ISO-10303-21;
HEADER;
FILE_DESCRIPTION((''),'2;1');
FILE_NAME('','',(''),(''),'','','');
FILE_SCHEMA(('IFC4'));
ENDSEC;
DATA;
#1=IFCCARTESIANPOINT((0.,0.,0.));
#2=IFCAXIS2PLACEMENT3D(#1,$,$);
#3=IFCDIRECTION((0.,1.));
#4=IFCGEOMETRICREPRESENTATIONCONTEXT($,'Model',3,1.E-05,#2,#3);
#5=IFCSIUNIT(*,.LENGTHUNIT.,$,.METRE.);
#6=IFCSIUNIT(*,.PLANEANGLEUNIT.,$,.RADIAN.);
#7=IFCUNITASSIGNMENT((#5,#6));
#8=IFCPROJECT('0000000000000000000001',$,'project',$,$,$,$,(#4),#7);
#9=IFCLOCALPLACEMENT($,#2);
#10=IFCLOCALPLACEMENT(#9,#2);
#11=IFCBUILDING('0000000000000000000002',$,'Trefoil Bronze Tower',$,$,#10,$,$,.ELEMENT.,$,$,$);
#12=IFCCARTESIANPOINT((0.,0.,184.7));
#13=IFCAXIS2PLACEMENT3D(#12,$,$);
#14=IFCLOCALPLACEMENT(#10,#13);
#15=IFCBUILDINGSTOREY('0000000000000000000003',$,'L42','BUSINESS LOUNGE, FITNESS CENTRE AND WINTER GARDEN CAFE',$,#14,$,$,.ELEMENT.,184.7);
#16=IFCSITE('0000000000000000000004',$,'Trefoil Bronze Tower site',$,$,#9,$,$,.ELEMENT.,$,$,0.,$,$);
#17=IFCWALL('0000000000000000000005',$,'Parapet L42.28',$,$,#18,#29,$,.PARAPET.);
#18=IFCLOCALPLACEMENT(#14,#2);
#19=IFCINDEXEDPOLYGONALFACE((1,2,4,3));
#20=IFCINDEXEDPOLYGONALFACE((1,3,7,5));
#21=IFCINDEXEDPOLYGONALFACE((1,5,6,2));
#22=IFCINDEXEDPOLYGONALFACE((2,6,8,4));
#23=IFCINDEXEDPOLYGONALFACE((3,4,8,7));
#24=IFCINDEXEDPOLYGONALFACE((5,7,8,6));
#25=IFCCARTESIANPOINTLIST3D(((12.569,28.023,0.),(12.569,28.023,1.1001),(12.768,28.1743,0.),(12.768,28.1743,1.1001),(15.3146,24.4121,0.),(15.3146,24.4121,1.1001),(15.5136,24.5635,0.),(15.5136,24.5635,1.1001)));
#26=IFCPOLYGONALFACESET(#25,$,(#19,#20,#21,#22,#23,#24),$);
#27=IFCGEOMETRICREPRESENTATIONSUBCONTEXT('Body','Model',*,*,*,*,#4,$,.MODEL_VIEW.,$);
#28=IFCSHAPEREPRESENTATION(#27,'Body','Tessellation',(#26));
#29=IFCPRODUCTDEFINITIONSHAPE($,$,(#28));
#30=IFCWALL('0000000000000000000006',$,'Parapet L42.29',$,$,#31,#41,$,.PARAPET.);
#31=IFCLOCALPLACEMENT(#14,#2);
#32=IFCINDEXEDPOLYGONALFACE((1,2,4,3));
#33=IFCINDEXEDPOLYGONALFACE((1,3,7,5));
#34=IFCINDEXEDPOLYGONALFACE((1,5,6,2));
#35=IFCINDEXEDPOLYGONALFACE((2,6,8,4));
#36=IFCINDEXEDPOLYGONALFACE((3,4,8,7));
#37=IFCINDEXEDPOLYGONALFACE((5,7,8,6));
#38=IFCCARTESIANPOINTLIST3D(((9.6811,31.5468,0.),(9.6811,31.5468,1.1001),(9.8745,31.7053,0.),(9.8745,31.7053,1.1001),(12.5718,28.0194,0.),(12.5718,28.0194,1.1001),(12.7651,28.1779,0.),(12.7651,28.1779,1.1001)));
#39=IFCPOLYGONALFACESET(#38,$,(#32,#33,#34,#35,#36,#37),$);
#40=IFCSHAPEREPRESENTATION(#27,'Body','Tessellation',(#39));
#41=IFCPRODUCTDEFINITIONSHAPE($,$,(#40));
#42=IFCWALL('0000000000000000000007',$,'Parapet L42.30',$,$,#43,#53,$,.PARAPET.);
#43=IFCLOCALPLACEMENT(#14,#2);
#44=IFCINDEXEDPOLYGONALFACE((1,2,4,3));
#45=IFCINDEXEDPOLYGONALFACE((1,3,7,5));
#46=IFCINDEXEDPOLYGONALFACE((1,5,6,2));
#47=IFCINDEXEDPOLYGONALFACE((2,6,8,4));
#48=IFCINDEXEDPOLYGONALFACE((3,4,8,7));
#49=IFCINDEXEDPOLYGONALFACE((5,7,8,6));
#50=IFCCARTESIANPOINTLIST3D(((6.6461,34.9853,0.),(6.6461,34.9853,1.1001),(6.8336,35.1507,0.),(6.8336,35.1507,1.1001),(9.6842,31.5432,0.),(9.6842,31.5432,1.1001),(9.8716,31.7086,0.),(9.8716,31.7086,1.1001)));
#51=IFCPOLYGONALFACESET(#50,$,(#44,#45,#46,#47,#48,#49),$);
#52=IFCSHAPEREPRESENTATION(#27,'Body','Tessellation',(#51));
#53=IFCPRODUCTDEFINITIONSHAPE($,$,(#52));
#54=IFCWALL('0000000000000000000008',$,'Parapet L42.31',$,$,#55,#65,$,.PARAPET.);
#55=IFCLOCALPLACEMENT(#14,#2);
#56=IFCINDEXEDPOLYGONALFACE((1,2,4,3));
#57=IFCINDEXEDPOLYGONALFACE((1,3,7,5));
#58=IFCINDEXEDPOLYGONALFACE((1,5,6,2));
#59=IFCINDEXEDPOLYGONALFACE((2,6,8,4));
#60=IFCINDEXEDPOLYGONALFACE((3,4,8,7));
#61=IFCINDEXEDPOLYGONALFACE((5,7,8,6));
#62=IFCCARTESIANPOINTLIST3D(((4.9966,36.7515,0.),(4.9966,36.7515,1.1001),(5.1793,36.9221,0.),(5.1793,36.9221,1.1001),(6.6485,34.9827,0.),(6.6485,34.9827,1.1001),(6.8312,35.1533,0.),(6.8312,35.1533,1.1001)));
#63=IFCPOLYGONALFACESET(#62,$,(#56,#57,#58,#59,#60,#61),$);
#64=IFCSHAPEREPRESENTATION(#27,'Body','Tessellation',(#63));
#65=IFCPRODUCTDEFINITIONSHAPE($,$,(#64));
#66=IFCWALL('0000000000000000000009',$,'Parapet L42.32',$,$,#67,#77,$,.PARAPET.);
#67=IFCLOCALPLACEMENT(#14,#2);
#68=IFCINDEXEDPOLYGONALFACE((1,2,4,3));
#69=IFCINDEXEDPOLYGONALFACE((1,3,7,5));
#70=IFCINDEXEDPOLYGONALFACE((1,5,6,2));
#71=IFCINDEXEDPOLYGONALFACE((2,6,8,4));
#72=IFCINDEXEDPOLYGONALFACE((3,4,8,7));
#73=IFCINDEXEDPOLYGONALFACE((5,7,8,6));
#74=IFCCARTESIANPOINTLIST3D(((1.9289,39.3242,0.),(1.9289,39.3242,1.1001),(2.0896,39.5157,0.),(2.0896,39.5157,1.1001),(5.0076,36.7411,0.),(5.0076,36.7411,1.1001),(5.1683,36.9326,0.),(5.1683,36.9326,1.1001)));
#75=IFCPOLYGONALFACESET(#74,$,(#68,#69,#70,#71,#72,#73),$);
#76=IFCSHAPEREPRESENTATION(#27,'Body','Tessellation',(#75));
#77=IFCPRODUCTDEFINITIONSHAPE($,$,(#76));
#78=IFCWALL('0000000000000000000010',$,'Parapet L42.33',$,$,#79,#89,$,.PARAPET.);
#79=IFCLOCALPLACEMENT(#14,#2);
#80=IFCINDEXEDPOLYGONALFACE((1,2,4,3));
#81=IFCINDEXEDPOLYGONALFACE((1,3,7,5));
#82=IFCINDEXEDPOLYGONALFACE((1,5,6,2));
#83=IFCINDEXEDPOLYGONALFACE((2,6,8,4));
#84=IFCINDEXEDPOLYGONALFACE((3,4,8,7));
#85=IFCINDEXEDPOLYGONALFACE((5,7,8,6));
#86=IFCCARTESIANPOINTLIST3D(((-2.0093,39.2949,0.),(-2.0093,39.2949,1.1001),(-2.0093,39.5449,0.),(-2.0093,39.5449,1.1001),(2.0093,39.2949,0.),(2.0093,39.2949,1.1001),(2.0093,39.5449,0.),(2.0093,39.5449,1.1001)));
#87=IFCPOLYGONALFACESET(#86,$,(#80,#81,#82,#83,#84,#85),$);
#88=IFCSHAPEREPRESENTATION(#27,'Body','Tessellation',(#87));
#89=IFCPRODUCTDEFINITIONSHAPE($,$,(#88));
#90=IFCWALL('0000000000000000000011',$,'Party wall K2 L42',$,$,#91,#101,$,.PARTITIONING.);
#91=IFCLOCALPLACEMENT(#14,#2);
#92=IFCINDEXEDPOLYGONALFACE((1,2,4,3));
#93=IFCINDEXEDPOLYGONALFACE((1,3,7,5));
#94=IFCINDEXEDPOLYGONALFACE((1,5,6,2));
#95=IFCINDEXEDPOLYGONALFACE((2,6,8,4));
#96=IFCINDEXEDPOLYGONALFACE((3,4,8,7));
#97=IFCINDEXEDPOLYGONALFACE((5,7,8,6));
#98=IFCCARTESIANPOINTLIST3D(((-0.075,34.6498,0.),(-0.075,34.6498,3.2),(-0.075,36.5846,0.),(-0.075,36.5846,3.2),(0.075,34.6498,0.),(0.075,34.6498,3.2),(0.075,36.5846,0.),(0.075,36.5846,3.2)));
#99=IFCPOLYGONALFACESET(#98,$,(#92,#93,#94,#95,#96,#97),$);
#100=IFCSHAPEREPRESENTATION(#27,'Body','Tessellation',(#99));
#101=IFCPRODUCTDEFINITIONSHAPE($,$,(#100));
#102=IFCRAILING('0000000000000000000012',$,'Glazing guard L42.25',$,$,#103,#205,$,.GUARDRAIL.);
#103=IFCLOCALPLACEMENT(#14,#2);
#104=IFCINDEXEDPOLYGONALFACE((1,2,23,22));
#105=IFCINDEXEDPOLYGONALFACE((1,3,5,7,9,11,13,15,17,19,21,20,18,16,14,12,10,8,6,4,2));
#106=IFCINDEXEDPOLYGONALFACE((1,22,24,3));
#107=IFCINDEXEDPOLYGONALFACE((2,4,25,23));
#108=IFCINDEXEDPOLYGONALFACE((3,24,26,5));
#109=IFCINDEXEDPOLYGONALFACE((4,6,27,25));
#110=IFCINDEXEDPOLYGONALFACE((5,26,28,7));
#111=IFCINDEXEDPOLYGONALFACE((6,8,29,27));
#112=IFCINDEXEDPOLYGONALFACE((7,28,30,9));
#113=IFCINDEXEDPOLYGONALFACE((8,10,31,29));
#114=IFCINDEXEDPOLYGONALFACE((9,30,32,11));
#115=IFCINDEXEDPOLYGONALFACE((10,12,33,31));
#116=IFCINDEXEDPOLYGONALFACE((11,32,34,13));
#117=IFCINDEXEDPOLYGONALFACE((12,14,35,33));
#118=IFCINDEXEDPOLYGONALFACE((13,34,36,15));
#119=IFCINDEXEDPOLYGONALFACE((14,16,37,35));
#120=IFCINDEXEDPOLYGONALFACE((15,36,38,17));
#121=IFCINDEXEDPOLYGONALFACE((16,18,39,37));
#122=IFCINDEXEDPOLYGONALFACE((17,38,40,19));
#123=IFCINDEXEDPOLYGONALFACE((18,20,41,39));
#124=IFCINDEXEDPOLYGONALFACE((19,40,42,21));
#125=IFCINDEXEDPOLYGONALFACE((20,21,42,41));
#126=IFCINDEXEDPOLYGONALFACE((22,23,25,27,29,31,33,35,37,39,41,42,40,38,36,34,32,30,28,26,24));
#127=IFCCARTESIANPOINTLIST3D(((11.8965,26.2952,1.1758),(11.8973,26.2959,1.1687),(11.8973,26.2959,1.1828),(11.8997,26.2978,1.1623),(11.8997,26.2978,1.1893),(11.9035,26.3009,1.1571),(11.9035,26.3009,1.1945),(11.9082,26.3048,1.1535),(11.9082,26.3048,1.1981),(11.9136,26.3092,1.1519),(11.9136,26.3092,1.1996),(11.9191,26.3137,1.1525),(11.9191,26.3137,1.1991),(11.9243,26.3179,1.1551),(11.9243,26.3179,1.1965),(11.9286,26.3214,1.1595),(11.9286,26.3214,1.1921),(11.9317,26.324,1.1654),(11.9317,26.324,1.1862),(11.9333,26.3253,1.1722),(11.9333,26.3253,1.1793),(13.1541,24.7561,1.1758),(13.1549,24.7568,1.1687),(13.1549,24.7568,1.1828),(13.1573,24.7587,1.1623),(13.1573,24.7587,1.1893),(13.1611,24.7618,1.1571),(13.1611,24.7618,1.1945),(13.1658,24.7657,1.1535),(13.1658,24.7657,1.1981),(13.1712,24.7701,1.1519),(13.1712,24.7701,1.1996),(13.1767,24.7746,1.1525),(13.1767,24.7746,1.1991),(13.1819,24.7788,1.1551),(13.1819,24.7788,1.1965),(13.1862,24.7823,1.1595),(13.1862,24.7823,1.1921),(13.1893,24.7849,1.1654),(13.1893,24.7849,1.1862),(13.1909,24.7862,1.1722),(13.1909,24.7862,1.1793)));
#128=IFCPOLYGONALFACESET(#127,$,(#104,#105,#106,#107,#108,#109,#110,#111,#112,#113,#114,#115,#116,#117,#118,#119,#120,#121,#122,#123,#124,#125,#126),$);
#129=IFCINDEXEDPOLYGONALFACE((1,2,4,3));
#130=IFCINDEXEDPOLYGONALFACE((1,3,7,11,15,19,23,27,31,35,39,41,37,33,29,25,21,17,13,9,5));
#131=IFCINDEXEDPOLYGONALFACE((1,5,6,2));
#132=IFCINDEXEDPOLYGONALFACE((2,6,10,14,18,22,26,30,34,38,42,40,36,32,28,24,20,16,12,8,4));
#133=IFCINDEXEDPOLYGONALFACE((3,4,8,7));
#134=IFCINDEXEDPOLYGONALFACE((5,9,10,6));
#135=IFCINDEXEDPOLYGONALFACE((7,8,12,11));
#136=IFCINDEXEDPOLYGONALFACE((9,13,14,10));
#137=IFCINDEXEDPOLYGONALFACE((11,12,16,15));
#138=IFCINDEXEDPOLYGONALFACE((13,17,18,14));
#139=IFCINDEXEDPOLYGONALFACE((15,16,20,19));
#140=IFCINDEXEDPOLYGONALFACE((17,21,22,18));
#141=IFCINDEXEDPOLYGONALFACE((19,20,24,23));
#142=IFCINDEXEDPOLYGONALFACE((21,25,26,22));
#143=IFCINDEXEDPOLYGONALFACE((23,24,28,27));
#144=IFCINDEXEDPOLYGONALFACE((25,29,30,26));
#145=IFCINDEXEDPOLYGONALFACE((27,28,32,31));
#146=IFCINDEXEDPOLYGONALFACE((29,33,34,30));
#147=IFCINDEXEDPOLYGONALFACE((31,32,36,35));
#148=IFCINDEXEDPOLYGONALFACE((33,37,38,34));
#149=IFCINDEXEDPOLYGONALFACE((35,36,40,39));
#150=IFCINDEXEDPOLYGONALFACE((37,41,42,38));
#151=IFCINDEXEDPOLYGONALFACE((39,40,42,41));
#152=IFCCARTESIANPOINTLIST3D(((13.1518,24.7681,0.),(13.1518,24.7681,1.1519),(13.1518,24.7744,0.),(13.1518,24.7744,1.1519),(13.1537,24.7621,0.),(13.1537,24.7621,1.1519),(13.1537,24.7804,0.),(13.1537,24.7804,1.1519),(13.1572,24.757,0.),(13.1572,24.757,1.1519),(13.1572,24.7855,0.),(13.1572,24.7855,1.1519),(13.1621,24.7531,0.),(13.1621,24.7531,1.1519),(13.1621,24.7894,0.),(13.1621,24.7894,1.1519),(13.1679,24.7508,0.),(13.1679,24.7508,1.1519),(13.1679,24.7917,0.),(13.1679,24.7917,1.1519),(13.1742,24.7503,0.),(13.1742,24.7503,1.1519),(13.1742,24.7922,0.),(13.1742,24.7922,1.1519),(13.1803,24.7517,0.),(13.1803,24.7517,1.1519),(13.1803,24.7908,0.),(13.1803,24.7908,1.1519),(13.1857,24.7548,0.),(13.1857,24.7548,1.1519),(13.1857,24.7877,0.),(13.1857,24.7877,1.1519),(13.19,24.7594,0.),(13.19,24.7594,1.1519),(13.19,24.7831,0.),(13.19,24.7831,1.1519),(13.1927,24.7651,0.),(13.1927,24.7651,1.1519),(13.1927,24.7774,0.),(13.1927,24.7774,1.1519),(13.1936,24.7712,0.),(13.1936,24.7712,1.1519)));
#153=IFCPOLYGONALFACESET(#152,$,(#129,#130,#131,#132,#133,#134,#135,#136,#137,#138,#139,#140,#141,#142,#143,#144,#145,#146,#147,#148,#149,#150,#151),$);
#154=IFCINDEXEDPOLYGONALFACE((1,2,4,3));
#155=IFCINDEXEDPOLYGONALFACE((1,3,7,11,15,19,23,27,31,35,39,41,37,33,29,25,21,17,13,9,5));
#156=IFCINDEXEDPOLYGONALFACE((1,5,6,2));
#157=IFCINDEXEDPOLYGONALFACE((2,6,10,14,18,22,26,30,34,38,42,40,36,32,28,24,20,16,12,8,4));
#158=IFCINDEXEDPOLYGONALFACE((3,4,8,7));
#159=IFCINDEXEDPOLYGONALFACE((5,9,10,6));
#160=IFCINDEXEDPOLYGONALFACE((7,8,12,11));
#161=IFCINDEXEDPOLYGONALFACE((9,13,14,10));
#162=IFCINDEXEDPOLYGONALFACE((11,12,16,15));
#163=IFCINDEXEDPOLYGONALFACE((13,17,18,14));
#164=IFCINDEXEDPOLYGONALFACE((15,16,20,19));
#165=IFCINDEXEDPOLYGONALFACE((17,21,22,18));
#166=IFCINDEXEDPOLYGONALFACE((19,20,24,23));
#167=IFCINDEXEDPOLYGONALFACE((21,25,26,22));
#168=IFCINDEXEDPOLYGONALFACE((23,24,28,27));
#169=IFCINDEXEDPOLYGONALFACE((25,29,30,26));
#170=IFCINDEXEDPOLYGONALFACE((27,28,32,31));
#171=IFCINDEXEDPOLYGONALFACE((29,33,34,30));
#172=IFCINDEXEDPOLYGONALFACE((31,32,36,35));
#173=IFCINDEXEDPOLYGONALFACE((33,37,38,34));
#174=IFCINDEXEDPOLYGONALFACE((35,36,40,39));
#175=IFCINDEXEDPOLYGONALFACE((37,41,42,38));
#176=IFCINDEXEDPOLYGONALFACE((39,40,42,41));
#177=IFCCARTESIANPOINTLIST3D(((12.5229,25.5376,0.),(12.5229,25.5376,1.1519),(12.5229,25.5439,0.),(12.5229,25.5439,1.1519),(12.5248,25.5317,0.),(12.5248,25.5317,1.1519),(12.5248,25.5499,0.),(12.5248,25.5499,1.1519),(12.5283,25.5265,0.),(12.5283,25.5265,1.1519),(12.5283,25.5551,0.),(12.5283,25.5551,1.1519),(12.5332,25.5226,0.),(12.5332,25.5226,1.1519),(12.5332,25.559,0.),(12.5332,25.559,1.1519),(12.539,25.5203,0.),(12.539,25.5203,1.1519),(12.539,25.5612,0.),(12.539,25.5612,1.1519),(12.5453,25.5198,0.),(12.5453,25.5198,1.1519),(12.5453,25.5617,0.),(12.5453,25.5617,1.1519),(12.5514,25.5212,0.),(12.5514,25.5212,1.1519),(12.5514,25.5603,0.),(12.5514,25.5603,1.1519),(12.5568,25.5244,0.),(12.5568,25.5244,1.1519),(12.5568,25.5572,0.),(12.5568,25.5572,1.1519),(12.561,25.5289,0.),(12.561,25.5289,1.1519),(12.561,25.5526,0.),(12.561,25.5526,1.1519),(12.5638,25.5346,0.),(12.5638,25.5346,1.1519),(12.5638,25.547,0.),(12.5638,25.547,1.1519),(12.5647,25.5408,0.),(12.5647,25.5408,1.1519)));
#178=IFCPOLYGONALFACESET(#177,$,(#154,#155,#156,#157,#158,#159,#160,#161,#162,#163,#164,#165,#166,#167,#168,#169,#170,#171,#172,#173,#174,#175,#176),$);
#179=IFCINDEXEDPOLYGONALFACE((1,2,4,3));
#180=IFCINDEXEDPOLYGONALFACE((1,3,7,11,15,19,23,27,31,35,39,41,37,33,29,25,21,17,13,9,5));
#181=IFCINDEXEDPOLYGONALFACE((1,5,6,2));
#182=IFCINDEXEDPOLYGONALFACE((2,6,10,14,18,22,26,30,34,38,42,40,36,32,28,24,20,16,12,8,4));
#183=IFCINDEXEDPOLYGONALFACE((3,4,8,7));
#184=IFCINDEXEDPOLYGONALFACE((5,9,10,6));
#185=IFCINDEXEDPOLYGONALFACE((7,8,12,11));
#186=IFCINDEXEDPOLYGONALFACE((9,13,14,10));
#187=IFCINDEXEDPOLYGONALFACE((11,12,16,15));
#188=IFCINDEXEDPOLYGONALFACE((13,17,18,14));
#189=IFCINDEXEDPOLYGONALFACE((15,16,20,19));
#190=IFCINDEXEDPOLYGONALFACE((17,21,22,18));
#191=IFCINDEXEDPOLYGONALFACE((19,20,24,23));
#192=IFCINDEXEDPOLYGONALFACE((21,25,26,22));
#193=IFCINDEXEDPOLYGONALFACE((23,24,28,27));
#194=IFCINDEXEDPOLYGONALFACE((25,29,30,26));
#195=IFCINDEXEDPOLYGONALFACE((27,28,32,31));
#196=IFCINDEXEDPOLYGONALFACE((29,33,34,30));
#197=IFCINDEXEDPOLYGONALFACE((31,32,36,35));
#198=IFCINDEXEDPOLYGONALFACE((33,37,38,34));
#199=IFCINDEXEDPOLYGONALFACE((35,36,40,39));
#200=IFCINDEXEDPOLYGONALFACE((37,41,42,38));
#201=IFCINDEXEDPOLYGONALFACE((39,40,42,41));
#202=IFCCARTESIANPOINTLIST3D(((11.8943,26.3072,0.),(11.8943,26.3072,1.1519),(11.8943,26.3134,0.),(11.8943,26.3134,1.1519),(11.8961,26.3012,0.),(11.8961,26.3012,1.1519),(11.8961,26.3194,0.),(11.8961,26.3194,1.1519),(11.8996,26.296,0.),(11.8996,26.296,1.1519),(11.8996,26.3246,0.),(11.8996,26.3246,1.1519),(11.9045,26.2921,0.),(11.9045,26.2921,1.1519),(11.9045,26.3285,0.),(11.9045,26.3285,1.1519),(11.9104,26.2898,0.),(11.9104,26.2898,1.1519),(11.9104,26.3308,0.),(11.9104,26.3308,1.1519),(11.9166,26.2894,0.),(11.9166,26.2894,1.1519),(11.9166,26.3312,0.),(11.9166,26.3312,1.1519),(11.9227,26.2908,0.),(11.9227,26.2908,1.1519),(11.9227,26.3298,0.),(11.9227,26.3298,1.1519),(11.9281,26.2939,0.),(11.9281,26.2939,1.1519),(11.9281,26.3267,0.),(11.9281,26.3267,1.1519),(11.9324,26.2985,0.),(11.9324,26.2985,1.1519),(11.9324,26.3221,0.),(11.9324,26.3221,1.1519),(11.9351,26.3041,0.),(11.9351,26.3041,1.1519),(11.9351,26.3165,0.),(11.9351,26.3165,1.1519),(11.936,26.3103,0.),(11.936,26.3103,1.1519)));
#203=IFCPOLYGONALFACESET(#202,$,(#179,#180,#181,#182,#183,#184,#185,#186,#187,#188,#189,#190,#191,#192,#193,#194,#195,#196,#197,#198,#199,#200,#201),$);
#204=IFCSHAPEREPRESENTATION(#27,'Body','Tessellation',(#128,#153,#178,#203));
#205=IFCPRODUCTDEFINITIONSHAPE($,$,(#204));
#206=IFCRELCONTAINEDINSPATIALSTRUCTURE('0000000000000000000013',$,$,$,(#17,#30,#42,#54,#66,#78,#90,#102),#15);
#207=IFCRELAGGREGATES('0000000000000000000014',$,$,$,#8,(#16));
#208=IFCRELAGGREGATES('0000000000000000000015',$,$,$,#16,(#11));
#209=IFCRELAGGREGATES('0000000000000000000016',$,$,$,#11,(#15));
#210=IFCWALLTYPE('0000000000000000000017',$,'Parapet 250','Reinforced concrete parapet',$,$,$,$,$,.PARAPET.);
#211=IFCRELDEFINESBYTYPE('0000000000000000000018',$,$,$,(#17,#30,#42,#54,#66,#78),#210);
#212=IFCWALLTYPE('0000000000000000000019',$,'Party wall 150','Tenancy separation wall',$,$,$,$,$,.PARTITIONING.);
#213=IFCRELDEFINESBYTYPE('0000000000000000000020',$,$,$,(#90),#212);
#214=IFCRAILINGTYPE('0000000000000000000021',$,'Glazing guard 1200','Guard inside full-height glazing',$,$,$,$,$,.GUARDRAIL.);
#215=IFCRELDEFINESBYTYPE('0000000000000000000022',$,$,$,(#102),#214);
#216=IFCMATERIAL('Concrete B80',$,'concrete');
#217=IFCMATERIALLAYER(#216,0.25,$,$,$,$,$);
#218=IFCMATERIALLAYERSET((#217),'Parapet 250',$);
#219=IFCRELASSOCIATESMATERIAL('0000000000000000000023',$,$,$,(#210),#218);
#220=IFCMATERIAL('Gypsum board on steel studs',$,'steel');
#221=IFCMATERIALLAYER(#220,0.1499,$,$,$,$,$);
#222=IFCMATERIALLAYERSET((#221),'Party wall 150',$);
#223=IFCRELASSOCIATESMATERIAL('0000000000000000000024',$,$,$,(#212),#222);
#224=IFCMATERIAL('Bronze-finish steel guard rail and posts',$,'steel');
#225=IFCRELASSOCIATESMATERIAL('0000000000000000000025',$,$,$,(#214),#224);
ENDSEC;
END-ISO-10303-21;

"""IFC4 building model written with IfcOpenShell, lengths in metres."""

from ifc_helpers import new_model, si_unit, direction, frame, frame_2d, origin, origin_2d, place, context, subcontext, project, spatial, rectangle, circle, extrude, material, layer, layer_set, type_object, element, save


model = new_model("IFC4")

# Units and contexts
model_context = context("Model", 3, precision=1e-05, world=origin(), true_north=direction((0.0, 1.0)))
body_context = subcontext(model_context, "Body", "Model", "MODEL_VIEW")
ifc_project = project(units=[si_unit("LENGTHUNIT", "METRE"), si_unit("PLANEANGLEUNIT", "RADIAN")], contexts=[model_context])

# Site, building, storey
site_placement = place(None, origin())
site = spatial("IfcSite", under=ifc_project, at=site_placement, Name="Trefoil Bronze Tower site", CompositionType="ELEMENT", RefElevation=0.0)
building_placement = place(site_placement, origin())
building = spatial("IfcBuilding", under=site, at=building_placement, Name="Trefoil Bronze Tower", CompositionType="ELEMENT")
storey_placement = place(building_placement, frame((0.0, 0.0, 184.7)))
storey = spatial("IfcBuildingStorey", under=building, at=storey_placement, Name="L42", Description="BUSINESS LOUNGE, FITNESS CENTRE AND WINTER GARDEN CAFE", CompositionType="ELEMENT", Elevation=184.7)

# Walls
ifc_material_1 = material(Name="Concrete B80", Category="concrete")
ifc_layer_1 = layer(ifc_material_1, 0.25)
ifc_layer_set_1 = layer_set([ifc_layer_1], Name="Parapet 250")
wall_type_1 = type_object("IfcWallType", Name="Parapet 250", Description="Reinforced concrete parapet", PredefinedType="PARAPET", material=ifc_layer_set_1)
wall_1_placement = place(storey_placement, frame((15.4141, 24.4878, 0.0), z_axis=(0.0, 0.0, 1.0), x_axis=(-0.605274, 0.796017, 0.0)))
element("IfcWall", 1, at=wall_1_placement, inside=storey, type_object=wall_type_1, Name="Parapet L42.28", PredefinedType="PARAPET", context=body_context, shape_type="SweptSolid", body=[
    extrude(rectangle(XDim=4.5361, YDim=0.25, at=frame_2d((2.2681, 0.0))), origin(), (0.0, 0.0, 1.0), 1.1001),
])
wall_2_placement = place(storey_placement, frame((12.6685, 28.0986, 0.0), z_axis=(0.0, 0.0, 1.0), x_axis=(-0.633844, 0.773461, 0.0)))
element("IfcWall", 2, at=wall_2_placement, inside=storey, type_object=wall_type_1, Name="Parapet L42.29", PredefinedType="PARAPET", context=body_context, shape_type="SweptSolid", body=[
    extrude(rectangle(XDim=4.5605, YDim=0.25, at=frame_2d((2.2803, 0.0))), origin(), (0.0, 0.0, 1.0), 1.1001),
])
wall_3_placement = place(storey_placement, frame((9.7778, 31.626, 0.0), z_axis=(0.0, 0.0, 1.0), x_axis=(-0.661732, 0.74974, 0.0)))
element("IfcWall", 3, at=wall_3_placement, inside=storey, type_object=wall_type_1, Name="Parapet L42.30", PredefinedType="PARAPET", context=body_context, shape_type="SweptSolid", body=[
    extrude(rectangle(XDim=4.5911, YDim=0.25, at=frame_2d((2.2954, 0.0))), origin(), (0.0, 0.0, 1.0), 1.1001),
])
wall_4_placement = place(storey_placement, frame((6.7397, 35.0681, 0.0), z_axis=(0.0, 0.0, 1.0), x_axis=(-0.682534, 0.730854, 0.0)))
element("IfcWall", 4, at=wall_4_placement, inside=storey, type_object=wall_type_1, Name="Parapet L42.31", PredefinedType="PARAPET", context=body_context, shape_type="SweptSolid", body=[
    extrude(rectangle(XDim=2.4202, YDim=0.25, at=frame_2d((1.21, 0.0))), origin(), (0.0, 0.0, 1.0), 1.1001),
])
wall_5_placement = place(storey_placement, frame((5.0879, 36.8369, 0.0), z_axis=(0.0, 0.0, 1.0), x_axis=(-0.766076, 0.64275, 0.0)))
element("IfcWall", 5, at=wall_5_placement, inside=storey, type_object=wall_type_1, Name="Parapet L42.32", PredefinedType="PARAPET", context=body_context, shape_type="SweptSolid", body=[
    extrude(rectangle(XDim=4.0188, YDim=0.25, at=frame_2d((2.0093, 0.0))), origin(), (0.0, 0.0, 1.0), 1.1001),
])
wall_6_placement = place(storey_placement, frame((2.0093, 39.4199, 0.0), z_axis=(0.0, 0.0, 1.0), x_axis=(-1.0, 0.0, 0.0)))
element("IfcWall", 6, at=wall_6_placement, inside=storey, type_object=wall_type_1, Name="Parapet L42.33", PredefinedType="PARAPET", context=body_context, shape_type="SweptSolid", body=[
    extrude(rectangle(XDim=4.0186, YDim=0.25, at=frame_2d((2.0093, 0.0))), origin(), (0.0, 0.0, 1.0), 1.1001),
])
ifc_material_2 = material(Name="Gypsum board on steel studs", Category="steel")
ifc_layer_2 = layer(ifc_material_2, 0.1499)
ifc_layer_set_2 = layer_set([ifc_layer_2], Name="Party wall 150")
wall_type_2 = type_object("IfcWallType", Name="Party wall 150", Description="Tenancy separation wall", PredefinedType="PARTITIONING", material=ifc_layer_set_2)
wall_7_placement = place(storey_placement, frame((0.0, 34.6499, 0.0), z_axis=(0.0, 0.0, 1.0), x_axis=(0.0, 1.0, 0.0)))
element("IfcWall", 7, at=wall_7_placement, inside=storey, type_object=wall_type_2, Name="Party wall K2 L42", PredefinedType="PARTITIONING", context=body_context, shape_type="SweptSolid", body=[
    extrude(rectangle(XDim=1.9348, YDim=0.1499, at=frame_2d((0.9673, 0.0))), origin(), (0.0, 0.0, 1.0), 3.2),
])

# Railing
ifc_material_3 = material(Name="Bronze-finish steel guard rail and posts", Category="steel")
railing_type = type_object("IfcRailingType", Name="Glazing guard 1200", Description="Guard inside full-height glazing", PredefinedType="GUARDRAIL", material=ifc_material_3)
railing_1_placement = place(storey_placement, frame((13.1726, 24.7712, 0.0)))
element("IfcRailing", 8, at=railing_1_placement, inside=storey, type_object=railing_type, Name="Glazing guard L42.25", PredefinedType="GUARDRAIL", context=body_context, shape_type="SweptSolid", body=[
    extrude(circle(Radius=0.0239, at=origin_2d()), frame((0.0, 0.0, 1.1758), z_axis=(-0.632736, 0.774368, 0.0), x_axis=(-0.774368, -0.632736, 0.0)), (0.0, 0.0, 1.0), 1.9875),
    extrude(circle(Radius=0.021, at=origin_2d()), origin(), (0.0, 0.0, 1.0), 1.1519),
    extrude(circle(Radius=0.021, at=origin_2d()), frame((-0.6289, 0.7695, 0.0)), (0.0, 0.0, 1.0), 1.1519),
    extrude(circle(Radius=0.021, at=origin_2d()), frame((-1.2576, 1.5391, 0.0)), (0.0, 0.0, 1.0), 1.1519),
])

save(model, "model.ifc")
